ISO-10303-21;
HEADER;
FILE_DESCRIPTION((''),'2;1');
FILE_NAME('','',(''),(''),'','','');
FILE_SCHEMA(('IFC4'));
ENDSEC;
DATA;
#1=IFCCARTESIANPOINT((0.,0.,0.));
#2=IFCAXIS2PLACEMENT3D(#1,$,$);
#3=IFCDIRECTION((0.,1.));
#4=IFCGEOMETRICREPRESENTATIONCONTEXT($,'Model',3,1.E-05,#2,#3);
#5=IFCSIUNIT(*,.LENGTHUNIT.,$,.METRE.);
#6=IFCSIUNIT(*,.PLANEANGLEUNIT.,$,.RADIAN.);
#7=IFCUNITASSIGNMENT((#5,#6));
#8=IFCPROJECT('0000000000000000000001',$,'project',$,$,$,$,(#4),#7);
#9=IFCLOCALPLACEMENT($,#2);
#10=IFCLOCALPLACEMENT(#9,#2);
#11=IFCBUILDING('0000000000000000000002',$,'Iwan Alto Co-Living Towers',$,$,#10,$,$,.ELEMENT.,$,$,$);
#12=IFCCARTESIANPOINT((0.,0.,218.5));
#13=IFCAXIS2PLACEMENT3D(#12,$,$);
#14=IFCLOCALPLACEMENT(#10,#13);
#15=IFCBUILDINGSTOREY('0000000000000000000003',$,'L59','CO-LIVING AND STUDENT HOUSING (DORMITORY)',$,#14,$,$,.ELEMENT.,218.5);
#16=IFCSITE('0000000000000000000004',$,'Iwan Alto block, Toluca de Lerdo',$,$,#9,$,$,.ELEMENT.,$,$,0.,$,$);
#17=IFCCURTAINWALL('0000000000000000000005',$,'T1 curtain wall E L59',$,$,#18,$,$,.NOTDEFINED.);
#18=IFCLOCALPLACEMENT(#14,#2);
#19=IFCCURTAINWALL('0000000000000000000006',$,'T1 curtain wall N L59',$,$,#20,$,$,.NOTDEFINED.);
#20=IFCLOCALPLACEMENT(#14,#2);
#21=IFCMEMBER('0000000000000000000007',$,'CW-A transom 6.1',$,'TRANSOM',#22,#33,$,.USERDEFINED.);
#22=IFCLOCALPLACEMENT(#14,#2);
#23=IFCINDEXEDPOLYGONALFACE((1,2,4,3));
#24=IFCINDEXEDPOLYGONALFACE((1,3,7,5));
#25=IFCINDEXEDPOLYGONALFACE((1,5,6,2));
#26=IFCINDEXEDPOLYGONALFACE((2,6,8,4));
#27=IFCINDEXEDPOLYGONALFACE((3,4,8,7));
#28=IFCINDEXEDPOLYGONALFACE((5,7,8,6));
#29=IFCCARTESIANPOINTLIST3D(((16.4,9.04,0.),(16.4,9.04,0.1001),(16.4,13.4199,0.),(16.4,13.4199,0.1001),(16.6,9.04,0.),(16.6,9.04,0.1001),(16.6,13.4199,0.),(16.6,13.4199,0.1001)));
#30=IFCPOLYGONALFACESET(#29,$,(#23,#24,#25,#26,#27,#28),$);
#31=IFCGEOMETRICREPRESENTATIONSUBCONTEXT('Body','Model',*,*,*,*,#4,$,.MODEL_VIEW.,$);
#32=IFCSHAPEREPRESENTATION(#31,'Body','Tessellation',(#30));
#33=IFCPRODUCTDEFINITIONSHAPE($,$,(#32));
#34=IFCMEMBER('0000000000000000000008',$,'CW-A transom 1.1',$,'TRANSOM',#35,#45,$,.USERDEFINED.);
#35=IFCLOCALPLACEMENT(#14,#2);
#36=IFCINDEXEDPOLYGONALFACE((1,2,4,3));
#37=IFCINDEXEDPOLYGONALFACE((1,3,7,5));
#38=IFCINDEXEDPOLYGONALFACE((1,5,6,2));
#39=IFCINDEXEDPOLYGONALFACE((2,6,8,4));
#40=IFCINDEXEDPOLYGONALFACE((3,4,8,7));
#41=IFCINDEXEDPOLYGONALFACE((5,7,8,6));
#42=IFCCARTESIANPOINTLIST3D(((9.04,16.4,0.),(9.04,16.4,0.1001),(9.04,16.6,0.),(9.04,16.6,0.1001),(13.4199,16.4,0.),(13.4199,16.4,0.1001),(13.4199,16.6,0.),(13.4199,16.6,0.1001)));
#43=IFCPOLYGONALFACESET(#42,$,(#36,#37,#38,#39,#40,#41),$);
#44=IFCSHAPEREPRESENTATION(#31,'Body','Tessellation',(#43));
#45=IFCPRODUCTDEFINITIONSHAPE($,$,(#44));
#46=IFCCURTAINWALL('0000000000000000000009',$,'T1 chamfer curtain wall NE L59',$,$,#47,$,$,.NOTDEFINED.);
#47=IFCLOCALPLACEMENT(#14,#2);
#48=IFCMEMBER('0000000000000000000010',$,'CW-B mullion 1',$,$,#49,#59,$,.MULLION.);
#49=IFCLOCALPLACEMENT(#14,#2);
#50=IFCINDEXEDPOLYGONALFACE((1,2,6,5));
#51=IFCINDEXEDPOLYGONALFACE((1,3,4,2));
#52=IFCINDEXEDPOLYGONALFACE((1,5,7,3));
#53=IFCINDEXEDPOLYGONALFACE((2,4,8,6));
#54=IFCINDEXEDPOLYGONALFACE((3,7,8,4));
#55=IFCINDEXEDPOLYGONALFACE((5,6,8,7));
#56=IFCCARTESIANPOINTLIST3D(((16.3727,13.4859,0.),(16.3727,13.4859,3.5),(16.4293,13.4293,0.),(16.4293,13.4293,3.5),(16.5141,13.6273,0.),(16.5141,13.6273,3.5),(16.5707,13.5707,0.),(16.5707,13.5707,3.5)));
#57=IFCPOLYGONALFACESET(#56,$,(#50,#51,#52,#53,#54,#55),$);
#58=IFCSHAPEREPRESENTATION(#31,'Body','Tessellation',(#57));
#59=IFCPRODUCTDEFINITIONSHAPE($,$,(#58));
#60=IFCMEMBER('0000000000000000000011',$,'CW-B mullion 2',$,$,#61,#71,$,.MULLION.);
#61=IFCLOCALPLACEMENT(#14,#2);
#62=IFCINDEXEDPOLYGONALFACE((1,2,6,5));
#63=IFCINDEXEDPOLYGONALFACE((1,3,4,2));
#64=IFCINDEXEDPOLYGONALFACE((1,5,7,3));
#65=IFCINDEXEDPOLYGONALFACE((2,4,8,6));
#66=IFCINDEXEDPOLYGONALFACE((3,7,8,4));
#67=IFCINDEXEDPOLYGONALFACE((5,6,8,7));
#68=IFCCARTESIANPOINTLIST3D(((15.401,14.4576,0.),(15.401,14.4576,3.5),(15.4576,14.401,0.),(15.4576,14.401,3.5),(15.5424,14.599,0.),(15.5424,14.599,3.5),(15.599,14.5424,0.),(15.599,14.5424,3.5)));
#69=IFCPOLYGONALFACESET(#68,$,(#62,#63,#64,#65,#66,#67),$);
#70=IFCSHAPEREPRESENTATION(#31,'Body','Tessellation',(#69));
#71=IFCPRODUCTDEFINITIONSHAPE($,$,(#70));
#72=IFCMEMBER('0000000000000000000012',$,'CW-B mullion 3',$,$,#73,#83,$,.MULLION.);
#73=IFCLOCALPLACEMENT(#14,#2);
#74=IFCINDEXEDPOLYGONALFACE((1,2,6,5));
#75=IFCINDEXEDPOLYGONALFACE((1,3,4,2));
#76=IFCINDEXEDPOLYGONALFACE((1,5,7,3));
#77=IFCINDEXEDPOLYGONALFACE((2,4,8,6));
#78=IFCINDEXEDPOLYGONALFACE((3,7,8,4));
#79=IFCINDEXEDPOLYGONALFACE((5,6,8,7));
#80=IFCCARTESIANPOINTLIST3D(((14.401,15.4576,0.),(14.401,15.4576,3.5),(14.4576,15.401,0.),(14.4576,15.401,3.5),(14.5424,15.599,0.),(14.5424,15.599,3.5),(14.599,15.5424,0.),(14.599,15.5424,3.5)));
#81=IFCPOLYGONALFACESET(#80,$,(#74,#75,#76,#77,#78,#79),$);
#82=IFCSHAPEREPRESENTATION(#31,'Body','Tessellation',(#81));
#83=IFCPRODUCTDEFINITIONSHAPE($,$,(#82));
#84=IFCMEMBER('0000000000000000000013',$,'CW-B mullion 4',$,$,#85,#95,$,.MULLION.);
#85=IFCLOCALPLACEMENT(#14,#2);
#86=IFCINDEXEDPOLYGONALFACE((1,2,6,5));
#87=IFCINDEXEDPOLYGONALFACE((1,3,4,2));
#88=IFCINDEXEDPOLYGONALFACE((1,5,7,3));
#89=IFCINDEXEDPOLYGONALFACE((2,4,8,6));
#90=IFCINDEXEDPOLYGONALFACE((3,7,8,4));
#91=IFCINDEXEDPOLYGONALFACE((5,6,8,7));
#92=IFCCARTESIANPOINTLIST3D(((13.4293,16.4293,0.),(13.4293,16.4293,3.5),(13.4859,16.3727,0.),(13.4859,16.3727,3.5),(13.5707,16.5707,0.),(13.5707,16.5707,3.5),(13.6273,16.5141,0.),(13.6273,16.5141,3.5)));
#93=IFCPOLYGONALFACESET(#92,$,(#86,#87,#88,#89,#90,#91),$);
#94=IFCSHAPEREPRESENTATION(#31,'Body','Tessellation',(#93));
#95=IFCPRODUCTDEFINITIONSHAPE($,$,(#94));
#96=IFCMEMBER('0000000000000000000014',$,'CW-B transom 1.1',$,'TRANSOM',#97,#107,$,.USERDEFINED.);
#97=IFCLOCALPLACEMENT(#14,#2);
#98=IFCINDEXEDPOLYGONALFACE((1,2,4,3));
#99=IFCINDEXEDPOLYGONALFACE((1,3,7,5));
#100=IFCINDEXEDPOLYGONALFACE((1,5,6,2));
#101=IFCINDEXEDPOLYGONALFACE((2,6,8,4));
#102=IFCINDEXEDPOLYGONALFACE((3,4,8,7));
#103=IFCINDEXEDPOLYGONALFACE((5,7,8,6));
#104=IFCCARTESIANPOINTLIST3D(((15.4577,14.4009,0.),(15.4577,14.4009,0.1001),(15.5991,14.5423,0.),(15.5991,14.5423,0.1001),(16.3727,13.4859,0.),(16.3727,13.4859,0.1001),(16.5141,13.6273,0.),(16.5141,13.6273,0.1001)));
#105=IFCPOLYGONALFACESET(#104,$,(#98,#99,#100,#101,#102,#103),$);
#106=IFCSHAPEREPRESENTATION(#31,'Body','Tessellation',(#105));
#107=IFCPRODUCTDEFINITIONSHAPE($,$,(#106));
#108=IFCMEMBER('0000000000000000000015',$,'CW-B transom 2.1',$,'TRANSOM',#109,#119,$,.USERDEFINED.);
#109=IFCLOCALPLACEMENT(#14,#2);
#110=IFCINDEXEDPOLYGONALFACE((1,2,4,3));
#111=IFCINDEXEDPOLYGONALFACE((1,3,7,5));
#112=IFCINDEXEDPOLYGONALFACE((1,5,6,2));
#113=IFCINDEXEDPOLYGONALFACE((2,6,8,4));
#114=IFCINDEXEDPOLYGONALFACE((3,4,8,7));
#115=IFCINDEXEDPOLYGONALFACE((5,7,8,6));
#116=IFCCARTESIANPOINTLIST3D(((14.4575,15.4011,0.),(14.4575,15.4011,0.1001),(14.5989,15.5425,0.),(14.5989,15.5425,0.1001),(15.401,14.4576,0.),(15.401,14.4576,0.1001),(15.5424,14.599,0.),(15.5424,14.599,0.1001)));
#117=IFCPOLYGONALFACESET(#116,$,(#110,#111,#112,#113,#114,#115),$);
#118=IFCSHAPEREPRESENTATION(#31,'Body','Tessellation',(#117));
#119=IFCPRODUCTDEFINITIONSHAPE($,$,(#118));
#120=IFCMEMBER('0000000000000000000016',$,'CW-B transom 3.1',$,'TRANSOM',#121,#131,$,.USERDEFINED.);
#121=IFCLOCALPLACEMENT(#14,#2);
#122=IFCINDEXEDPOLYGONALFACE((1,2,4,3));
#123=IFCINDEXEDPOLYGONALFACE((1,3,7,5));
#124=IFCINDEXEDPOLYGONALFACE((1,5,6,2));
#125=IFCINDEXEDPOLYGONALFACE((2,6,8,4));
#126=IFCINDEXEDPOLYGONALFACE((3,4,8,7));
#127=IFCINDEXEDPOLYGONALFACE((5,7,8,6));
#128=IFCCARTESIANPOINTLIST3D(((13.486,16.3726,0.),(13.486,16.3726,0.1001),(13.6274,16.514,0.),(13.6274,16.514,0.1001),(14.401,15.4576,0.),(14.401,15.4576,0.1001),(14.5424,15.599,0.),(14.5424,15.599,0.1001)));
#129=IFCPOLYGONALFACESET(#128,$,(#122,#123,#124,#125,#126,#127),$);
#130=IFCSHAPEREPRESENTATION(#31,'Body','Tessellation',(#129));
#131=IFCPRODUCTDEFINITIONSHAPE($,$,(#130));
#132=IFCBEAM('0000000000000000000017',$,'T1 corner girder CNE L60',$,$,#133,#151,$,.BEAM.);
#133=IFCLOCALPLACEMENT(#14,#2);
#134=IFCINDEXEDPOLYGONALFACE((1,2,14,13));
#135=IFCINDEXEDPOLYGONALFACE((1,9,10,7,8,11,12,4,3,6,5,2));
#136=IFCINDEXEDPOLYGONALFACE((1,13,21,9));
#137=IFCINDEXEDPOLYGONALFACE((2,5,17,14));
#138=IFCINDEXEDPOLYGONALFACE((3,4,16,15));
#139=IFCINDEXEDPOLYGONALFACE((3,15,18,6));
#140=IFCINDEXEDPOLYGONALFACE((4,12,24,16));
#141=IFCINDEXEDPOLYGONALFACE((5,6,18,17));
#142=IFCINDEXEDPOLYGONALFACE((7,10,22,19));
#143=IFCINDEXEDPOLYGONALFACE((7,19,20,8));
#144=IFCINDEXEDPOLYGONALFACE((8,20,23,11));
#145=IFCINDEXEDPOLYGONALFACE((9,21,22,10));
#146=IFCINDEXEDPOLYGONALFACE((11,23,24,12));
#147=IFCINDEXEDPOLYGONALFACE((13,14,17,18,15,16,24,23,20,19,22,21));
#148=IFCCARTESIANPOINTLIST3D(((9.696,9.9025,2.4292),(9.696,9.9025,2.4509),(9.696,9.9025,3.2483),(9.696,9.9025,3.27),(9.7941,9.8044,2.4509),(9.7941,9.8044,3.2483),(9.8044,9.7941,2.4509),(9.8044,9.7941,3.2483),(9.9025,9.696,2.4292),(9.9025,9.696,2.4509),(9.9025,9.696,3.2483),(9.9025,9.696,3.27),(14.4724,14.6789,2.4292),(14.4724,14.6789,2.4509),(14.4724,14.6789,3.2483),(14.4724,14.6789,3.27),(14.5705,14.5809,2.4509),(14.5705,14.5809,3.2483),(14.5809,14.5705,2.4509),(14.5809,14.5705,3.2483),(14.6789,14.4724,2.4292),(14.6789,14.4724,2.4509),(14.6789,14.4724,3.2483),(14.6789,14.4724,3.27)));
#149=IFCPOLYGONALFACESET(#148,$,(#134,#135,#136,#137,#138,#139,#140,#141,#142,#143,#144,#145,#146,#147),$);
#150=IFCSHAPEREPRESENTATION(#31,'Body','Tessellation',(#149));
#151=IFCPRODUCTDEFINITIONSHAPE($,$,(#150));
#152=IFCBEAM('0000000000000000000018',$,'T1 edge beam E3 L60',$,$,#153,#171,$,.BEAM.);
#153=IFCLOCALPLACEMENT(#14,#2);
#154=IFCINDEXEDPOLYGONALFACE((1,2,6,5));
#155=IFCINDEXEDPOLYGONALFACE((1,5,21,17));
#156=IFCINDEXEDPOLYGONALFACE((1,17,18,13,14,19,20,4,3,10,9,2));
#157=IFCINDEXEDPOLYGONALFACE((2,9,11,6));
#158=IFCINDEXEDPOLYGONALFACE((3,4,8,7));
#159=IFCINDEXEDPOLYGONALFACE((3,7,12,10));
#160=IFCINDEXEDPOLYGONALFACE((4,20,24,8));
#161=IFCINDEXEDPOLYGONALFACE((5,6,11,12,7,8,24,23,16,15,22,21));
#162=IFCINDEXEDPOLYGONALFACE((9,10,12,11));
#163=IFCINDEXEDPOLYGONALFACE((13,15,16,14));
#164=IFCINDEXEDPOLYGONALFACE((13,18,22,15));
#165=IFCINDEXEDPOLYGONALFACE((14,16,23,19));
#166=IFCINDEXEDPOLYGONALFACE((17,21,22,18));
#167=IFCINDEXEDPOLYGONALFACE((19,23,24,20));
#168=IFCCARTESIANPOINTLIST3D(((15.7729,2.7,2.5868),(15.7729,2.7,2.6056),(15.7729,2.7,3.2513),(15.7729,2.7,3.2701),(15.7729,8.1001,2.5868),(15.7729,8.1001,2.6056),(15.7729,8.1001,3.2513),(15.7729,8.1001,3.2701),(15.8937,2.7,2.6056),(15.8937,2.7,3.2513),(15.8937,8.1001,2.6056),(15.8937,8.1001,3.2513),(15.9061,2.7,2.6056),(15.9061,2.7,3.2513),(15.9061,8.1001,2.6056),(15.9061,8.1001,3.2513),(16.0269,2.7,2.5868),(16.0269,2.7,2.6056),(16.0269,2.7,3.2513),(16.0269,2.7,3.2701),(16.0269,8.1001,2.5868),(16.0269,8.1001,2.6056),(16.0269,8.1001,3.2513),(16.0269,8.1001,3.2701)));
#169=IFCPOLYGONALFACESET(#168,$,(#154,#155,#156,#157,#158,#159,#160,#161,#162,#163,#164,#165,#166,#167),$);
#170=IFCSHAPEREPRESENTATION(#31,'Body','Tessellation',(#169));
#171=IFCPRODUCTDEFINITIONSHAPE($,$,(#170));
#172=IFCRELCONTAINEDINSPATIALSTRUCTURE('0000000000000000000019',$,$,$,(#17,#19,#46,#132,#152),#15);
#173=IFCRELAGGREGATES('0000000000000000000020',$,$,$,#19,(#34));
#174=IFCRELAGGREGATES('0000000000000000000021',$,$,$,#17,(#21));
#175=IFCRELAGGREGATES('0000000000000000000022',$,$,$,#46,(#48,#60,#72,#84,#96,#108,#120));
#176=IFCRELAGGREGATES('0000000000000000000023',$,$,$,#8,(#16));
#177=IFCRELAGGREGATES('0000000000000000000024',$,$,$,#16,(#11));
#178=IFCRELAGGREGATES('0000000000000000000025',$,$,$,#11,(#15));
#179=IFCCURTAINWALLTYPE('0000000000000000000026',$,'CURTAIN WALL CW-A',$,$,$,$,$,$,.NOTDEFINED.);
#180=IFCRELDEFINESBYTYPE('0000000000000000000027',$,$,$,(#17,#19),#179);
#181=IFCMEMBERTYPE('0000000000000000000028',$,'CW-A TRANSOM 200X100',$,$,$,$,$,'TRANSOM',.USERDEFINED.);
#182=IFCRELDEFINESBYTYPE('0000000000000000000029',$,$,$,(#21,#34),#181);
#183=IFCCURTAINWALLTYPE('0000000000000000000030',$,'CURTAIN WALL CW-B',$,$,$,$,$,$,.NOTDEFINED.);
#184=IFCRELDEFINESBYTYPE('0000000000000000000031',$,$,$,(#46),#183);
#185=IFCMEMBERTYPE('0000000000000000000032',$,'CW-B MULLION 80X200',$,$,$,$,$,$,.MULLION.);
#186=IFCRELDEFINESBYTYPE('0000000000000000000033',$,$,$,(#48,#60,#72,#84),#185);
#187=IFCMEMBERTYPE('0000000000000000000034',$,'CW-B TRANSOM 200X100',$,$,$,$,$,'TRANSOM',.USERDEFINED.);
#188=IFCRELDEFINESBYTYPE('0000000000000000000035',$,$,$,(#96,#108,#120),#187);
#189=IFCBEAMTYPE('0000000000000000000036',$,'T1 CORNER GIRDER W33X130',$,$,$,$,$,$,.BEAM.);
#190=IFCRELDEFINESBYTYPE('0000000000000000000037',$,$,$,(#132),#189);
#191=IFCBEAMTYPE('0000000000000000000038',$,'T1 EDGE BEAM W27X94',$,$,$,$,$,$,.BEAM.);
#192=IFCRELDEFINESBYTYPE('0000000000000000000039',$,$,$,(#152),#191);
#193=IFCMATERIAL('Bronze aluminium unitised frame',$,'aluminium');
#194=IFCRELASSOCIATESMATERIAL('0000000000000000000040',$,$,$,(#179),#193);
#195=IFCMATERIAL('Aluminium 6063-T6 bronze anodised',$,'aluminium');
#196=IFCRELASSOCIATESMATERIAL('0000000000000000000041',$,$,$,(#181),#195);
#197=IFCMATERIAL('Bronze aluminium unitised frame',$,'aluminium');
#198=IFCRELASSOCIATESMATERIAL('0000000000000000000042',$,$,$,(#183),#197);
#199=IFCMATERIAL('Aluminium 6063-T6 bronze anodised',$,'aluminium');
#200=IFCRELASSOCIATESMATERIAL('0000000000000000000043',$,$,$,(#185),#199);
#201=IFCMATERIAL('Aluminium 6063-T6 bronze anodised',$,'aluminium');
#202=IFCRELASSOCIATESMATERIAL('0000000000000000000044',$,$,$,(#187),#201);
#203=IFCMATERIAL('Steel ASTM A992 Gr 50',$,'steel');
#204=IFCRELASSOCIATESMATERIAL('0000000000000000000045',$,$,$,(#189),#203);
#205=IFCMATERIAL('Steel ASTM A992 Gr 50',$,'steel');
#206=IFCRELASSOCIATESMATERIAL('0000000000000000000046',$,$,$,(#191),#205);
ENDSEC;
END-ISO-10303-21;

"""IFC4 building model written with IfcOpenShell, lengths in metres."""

from ifc_helpers import new_model, si_unit, direction, frame, origin, origin_2d, place, context, subcontext, project, spatial, rectangle, i_section, extrude, material, material_profile, profile_set, type_object, element, aggregate, save


model = new_model("IFC4")

# Units and contexts
model_context = context("Model", 3, precision=1e-05, world=origin(), true_north=direction((0.0, 1.0)))
body_context = subcontext(model_context, "Body", "Model", "MODEL_VIEW")
ifc_project = project(units=[si_unit("LENGTHUNIT", "METRE"), si_unit("PLANEANGLEUNIT", "RADIAN")], contexts=[model_context])

# Site, building, storey
site_placement = place(None, origin())
site = spatial("IfcSite", under=ifc_project, at=site_placement, Name="Iwan Alto block, Toluca de Lerdo", CompositionType="ELEMENT", RefElevation=0.0)
building_placement = place(site_placement, origin())
building = spatial("IfcBuilding", under=site, at=building_placement, Name="Iwan Alto Co-Living Towers", CompositionType="ELEMENT")
storey_placement = place(building_placement, frame((0.0, 0.0, 218.5)))
storey = spatial("IfcBuildingStorey", under=building, at=storey_placement, Name="L59", Description="CO-LIVING AND STUDENT HOUSING (DORMITORY)", CompositionType="ELEMENT", Elevation=218.5)

# Curtain wall
ifc_material_1 = material(Name="Bronze aluminium unitised frame", Category="aluminium")
curtain_wall_type_1 = type_object("IfcCurtainWallType", Name="CURTAIN WALL CW-A", PredefinedType="NOTDEFINED", material=ifc_material_1)
curtain_wall_1_placement = place(storey_placement, origin())
curtain_wall_1 = element("IfcCurtainWall", 1, at=curtain_wall_1_placement, inside=storey, type_object=curtain_wall_type_1, Name="T1 curtain wall E L59", PredefinedType="NOTDEFINED")

# Curtain wall
curtain_wall_2_placement = place(storey_placement, origin())
curtain_wall_2 = element("IfcCurtainWall", 2, at=curtain_wall_2_placement, inside=storey, type_object=curtain_wall_type_1, Name="T1 curtain wall N L59", PredefinedType="NOTDEFINED")

# Members
ifc_material_2 = material(Name="Aluminium 6063-T6 bronze anodised", Category="aluminium")
ifc_material_profile_1 = material_profile(ifc_material_2, rectangle(XDim=0.2, YDim=0.1001, at=origin_2d()), Name="AL 200X100")
ifc_profile_set_1 = profile_set([ifc_material_profile_1], Name="Aluminium 6063-T6 bronze anodised")
member_type_1 = type_object("IfcMemberType", Name="CW-A TRANSOM 200X100", ElementType="TRANSOM", PredefinedType="USERDEFINED", material=ifc_profile_set_1)
member_1_placement = place(storey_placement, frame((16.5, 9.04, 0.05), z_axis=(0.0, 1.0, 0.0), x_axis=(-1.0, 0.0, 0.0)))
member_1 = element("IfcMember", 3, at=member_1_placement, type_object=member_type_1, Name="CW-A transom 6.1", ObjectType="TRANSOM", PredefinedType="USERDEFINED", context=body_context, shape_type="SweptSolid", body=[
    extrude(rectangle(XDim=0.2, YDim=0.1001, at=origin_2d()), origin(), (0.0, 0.0, 1.0), 4.3799),
])
member_2_placement = place(storey_placement, frame((13.4199, 16.5, 0.05), z_axis=(-1.0, 0.0, 0.0), x_axis=(0.0, -1.0, 0.0)))
member_2 = element("IfcMember", 4, at=member_2_placement, type_object=member_type_1, Name="CW-A transom 1.1", ObjectType="TRANSOM", PredefinedType="USERDEFINED", context=body_context, shape_type="SweptSolid", body=[
    extrude(rectangle(XDim=0.2, YDim=0.1001, at=origin_2d()), origin(), (0.0, 0.0, 1.0), 4.3799),
])
aggregate(curtain_wall_2, [member_2])

# Curtain wall, members
ifc_material_3 = material(Name="Bronze aluminium unitised frame", Category="aluminium")
curtain_wall_type_2 = type_object("IfcCurtainWallType", Name="CURTAIN WALL CW-B", PredefinedType="NOTDEFINED", material=ifc_material_3)
curtain_wall_3_placement = place(storey_placement, origin())
curtain_wall_3 = element("IfcCurtainWall", 5, at=curtain_wall_3_placement, inside=storey, type_object=curtain_wall_type_2, Name="T1 chamfer curtain wall NE L59", PredefinedType="NOTDEFINED")
ifc_material_4 = material(Name="Aluminium 6063-T6 bronze anodised", Category="aluminium")
ifc_material_profile_2 = material_profile(ifc_material_4, rectangle(XDim=0.2, YDim=0.0801, at=origin_2d()), Name="AL 80X200")
ifc_profile_set_2 = profile_set([ifc_material_profile_2], Name="Aluminium 6063-T6 bronze anodised")
member_type_2 = type_object("IfcMemberType", Name="CW-B MULLION 80X200", PredefinedType="MULLION", material=ifc_profile_set_2)
member_3_placement = place(storey_placement, frame((16.4717, 13.5283, 0.0), z_axis=(0.0, 0.0, 1.0), x_axis=(-0.707107, -0.707107, 0.0)))
member_3 = element("IfcMember", 6, at=member_3_placement, type_object=member_type_2, Name="CW-B mullion 1", PredefinedType="MULLION", context=body_context, shape_type="SweptSolid", body=[
    extrude(rectangle(XDim=0.2, YDim=0.0801, at=origin_2d()), origin(), (0.0, 0.0, 1.0), 3.5),
])
member_4_placement = place(storey_placement, frame((15.5, 14.5, 0.0), z_axis=(0.0, 0.0, 1.0), x_axis=(-0.707107, -0.707107, 0.0)))
member_4 = element("IfcMember", 7, at=member_4_placement, type_object=member_type_2, Name="CW-B mullion 2", PredefinedType="MULLION", context=body_context, shape_type="SweptSolid", body=[
    extrude(rectangle(XDim=0.2, YDim=0.0801, at=origin_2d()), origin(), (0.0, 0.0, 1.0), 3.5),
])
member_5_placement = place(storey_placement, frame((14.5, 15.5, 0.0), z_axis=(0.0, 0.0, 1.0), x_axis=(-0.707107, -0.707107, 0.0)))
member_5 = element("IfcMember", 8, at=member_5_placement, type_object=member_type_2, Name="CW-B mullion 3", PredefinedType="MULLION", context=body_context, shape_type="SweptSolid", body=[
    extrude(rectangle(XDim=0.2, YDim=0.0801, at=origin_2d()), origin(), (0.0, 0.0, 1.0), 3.5),
])
member_6_placement = place(storey_placement, frame((13.5283, 16.4717, 0.0), z_axis=(0.0, 0.0, 1.0), x_axis=(-0.707107, -0.707107, 0.0)))
member_6 = element("IfcMember", 9, at=member_6_placement, type_object=member_type_2, Name="CW-B mullion 4", PredefinedType="MULLION", context=body_context, shape_type="SweptSolid", body=[
    extrude(rectangle(XDim=0.2, YDim=0.0801, at=origin_2d()), origin(), (0.0, 0.0, 1.0), 3.5),
])
ifc_material_5 = material(Name="Aluminium 6063-T6 bronze anodised", Category="aluminium")
ifc_material_profile_3 = material_profile(ifc_material_5, rectangle(XDim=0.2, YDim=0.1001, at=origin_2d()), Name="AL 200X100")
ifc_profile_set_3 = profile_set([ifc_material_profile_3], Name="Aluminium 6063-T6 bronze anodised")
member_type_3 = type_object("IfcMemberType", Name="CW-B TRANSOM 200X100", ElementType="TRANSOM", PredefinedType="USERDEFINED", material=ifc_profile_set_3)
member_7_placement = place(storey_placement, frame((16.4434, 13.5566, 0.05), z_axis=(-0.707107, 0.707107, 0.0), x_axis=(-0.707107, -0.707107, 0.0)))
member_7 = element("IfcMember", 10, at=member_7_placement, type_object=member_type_3, Name="CW-B transom 1.1", ObjectType="TRANSOM", PredefinedType="USERDEFINED", context=body_context, shape_type="SweptSolid", body=[
    extrude(rectangle(XDim=0.2, YDim=0.1001, at=origin_2d()), origin(), (0.0, 0.0, 1.0), 1.2939),
])
member_8_placement = place(storey_placement, frame((15.4717, 14.5283, 0.05), z_axis=(-0.707107, 0.707107, 0.0), x_axis=(-0.707107, -0.707107, 0.0)))
member_8 = element("IfcMember", 11, at=member_8_placement, type_object=member_type_3, Name="CW-B transom 2.1", ObjectType="TRANSOM", PredefinedType="USERDEFINED", context=body_context, shape_type="SweptSolid", body=[
    extrude(rectangle(XDim=0.2, YDim=0.1001, at=origin_2d()), origin(), (0.0, 0.0, 1.0), 1.3342),
])
member_9_placement = place(storey_placement, frame((14.4717, 15.5283, 0.05), z_axis=(-0.707107, 0.707107, 0.0), x_axis=(-0.707107, -0.707107, 0.0)))
member_9 = element("IfcMember", 12, at=member_9_placement, type_object=member_type_3, Name="CW-B transom 3.1", ObjectType="TRANSOM", PredefinedType="USERDEFINED", context=body_context, shape_type="SweptSolid", body=[
    extrude(rectangle(XDim=0.2, YDim=0.1001, at=origin_2d()), origin(), (0.0, 0.0, 1.0), 1.2939),
])

# Beams
ifc_material_6 = material(Name="Steel ASTM A992 Gr 50", Category="steel")
ifc_material_profile_4 = material_profile(ifc_material_6, i_section(OverallWidth=0.292, OverallDepth=0.8408, WebThickness=0.0146, FlangeThickness=0.0217, at=origin_2d()), Name="W33X130")
ifc_profile_set_4 = profile_set([ifc_material_profile_4], Name="Steel ASTM A992 Gr 50")
beam_type_1 = type_object("IfcBeamType", Name="T1 CORNER GIRDER W33X130", PredefinedType="BEAM", material=ifc_profile_set_4)
beam_1_placement = place(storey_placement, frame((14.5757, 14.5757, 2.8496), z_axis=(-0.707107, -0.707107, 0.0), x_axis=(0.707107, -0.707107, 0.0)))
element("IfcBeam", 13, at=beam_1_placement, inside=storey, type_object=beam_type_1, Name="T1 corner girder CNE L60", PredefinedType="BEAM", context=body_context, shape_type="SweptSolid", body=[
    extrude(i_section(OverallWidth=0.292, OverallDepth=0.8408, WebThickness=0.0146, FlangeThickness=0.0217, at=origin_2d()), origin(), (0.0, 0.0, 1.0), 6.7549),
])
ifc_material_7 = material(Name="Steel ASTM A992 Gr 50", Category="steel")
ifc_material_profile_5 = material_profile(ifc_material_7, i_section(OverallWidth=0.2539, OverallDepth=0.6833, WebThickness=0.0125, FlangeThickness=0.0188, at=origin_2d()), Name="W27X94")
ifc_profile_set_5 = profile_set([ifc_material_profile_5], Name="Steel ASTM A992 Gr 50")
beam_type_2 = type_object("IfcBeamType", Name="T1 EDGE BEAM W27X94", PredefinedType="BEAM", material=ifc_profile_set_5)
beam_2_placement = place(storey_placement, frame((15.8999, 2.7, 2.9285), z_axis=(0.0, 1.0, 0.0), x_axis=(-1.0, 0.0, 0.0)))
element("IfcBeam", 14, at=beam_2_placement, inside=storey, type_object=beam_type_2, Name="T1 edge beam E3 L60", PredefinedType="BEAM", context=body_context, shape_type="SweptSolid", body=[
    extrude(i_section(OverallWidth=0.2539, OverallDepth=0.6833, WebThickness=0.0125, FlangeThickness=0.0188, at=origin_2d()), origin(), (0.0, 0.0, 1.0), 5.4001),
])

aggregate(curtain_wall_1, [member_1])
aggregate(curtain_wall_3, [member_3, member_4, member_5, member_6, member_7, member_8, member_9])

save(model, "model.ifc")
